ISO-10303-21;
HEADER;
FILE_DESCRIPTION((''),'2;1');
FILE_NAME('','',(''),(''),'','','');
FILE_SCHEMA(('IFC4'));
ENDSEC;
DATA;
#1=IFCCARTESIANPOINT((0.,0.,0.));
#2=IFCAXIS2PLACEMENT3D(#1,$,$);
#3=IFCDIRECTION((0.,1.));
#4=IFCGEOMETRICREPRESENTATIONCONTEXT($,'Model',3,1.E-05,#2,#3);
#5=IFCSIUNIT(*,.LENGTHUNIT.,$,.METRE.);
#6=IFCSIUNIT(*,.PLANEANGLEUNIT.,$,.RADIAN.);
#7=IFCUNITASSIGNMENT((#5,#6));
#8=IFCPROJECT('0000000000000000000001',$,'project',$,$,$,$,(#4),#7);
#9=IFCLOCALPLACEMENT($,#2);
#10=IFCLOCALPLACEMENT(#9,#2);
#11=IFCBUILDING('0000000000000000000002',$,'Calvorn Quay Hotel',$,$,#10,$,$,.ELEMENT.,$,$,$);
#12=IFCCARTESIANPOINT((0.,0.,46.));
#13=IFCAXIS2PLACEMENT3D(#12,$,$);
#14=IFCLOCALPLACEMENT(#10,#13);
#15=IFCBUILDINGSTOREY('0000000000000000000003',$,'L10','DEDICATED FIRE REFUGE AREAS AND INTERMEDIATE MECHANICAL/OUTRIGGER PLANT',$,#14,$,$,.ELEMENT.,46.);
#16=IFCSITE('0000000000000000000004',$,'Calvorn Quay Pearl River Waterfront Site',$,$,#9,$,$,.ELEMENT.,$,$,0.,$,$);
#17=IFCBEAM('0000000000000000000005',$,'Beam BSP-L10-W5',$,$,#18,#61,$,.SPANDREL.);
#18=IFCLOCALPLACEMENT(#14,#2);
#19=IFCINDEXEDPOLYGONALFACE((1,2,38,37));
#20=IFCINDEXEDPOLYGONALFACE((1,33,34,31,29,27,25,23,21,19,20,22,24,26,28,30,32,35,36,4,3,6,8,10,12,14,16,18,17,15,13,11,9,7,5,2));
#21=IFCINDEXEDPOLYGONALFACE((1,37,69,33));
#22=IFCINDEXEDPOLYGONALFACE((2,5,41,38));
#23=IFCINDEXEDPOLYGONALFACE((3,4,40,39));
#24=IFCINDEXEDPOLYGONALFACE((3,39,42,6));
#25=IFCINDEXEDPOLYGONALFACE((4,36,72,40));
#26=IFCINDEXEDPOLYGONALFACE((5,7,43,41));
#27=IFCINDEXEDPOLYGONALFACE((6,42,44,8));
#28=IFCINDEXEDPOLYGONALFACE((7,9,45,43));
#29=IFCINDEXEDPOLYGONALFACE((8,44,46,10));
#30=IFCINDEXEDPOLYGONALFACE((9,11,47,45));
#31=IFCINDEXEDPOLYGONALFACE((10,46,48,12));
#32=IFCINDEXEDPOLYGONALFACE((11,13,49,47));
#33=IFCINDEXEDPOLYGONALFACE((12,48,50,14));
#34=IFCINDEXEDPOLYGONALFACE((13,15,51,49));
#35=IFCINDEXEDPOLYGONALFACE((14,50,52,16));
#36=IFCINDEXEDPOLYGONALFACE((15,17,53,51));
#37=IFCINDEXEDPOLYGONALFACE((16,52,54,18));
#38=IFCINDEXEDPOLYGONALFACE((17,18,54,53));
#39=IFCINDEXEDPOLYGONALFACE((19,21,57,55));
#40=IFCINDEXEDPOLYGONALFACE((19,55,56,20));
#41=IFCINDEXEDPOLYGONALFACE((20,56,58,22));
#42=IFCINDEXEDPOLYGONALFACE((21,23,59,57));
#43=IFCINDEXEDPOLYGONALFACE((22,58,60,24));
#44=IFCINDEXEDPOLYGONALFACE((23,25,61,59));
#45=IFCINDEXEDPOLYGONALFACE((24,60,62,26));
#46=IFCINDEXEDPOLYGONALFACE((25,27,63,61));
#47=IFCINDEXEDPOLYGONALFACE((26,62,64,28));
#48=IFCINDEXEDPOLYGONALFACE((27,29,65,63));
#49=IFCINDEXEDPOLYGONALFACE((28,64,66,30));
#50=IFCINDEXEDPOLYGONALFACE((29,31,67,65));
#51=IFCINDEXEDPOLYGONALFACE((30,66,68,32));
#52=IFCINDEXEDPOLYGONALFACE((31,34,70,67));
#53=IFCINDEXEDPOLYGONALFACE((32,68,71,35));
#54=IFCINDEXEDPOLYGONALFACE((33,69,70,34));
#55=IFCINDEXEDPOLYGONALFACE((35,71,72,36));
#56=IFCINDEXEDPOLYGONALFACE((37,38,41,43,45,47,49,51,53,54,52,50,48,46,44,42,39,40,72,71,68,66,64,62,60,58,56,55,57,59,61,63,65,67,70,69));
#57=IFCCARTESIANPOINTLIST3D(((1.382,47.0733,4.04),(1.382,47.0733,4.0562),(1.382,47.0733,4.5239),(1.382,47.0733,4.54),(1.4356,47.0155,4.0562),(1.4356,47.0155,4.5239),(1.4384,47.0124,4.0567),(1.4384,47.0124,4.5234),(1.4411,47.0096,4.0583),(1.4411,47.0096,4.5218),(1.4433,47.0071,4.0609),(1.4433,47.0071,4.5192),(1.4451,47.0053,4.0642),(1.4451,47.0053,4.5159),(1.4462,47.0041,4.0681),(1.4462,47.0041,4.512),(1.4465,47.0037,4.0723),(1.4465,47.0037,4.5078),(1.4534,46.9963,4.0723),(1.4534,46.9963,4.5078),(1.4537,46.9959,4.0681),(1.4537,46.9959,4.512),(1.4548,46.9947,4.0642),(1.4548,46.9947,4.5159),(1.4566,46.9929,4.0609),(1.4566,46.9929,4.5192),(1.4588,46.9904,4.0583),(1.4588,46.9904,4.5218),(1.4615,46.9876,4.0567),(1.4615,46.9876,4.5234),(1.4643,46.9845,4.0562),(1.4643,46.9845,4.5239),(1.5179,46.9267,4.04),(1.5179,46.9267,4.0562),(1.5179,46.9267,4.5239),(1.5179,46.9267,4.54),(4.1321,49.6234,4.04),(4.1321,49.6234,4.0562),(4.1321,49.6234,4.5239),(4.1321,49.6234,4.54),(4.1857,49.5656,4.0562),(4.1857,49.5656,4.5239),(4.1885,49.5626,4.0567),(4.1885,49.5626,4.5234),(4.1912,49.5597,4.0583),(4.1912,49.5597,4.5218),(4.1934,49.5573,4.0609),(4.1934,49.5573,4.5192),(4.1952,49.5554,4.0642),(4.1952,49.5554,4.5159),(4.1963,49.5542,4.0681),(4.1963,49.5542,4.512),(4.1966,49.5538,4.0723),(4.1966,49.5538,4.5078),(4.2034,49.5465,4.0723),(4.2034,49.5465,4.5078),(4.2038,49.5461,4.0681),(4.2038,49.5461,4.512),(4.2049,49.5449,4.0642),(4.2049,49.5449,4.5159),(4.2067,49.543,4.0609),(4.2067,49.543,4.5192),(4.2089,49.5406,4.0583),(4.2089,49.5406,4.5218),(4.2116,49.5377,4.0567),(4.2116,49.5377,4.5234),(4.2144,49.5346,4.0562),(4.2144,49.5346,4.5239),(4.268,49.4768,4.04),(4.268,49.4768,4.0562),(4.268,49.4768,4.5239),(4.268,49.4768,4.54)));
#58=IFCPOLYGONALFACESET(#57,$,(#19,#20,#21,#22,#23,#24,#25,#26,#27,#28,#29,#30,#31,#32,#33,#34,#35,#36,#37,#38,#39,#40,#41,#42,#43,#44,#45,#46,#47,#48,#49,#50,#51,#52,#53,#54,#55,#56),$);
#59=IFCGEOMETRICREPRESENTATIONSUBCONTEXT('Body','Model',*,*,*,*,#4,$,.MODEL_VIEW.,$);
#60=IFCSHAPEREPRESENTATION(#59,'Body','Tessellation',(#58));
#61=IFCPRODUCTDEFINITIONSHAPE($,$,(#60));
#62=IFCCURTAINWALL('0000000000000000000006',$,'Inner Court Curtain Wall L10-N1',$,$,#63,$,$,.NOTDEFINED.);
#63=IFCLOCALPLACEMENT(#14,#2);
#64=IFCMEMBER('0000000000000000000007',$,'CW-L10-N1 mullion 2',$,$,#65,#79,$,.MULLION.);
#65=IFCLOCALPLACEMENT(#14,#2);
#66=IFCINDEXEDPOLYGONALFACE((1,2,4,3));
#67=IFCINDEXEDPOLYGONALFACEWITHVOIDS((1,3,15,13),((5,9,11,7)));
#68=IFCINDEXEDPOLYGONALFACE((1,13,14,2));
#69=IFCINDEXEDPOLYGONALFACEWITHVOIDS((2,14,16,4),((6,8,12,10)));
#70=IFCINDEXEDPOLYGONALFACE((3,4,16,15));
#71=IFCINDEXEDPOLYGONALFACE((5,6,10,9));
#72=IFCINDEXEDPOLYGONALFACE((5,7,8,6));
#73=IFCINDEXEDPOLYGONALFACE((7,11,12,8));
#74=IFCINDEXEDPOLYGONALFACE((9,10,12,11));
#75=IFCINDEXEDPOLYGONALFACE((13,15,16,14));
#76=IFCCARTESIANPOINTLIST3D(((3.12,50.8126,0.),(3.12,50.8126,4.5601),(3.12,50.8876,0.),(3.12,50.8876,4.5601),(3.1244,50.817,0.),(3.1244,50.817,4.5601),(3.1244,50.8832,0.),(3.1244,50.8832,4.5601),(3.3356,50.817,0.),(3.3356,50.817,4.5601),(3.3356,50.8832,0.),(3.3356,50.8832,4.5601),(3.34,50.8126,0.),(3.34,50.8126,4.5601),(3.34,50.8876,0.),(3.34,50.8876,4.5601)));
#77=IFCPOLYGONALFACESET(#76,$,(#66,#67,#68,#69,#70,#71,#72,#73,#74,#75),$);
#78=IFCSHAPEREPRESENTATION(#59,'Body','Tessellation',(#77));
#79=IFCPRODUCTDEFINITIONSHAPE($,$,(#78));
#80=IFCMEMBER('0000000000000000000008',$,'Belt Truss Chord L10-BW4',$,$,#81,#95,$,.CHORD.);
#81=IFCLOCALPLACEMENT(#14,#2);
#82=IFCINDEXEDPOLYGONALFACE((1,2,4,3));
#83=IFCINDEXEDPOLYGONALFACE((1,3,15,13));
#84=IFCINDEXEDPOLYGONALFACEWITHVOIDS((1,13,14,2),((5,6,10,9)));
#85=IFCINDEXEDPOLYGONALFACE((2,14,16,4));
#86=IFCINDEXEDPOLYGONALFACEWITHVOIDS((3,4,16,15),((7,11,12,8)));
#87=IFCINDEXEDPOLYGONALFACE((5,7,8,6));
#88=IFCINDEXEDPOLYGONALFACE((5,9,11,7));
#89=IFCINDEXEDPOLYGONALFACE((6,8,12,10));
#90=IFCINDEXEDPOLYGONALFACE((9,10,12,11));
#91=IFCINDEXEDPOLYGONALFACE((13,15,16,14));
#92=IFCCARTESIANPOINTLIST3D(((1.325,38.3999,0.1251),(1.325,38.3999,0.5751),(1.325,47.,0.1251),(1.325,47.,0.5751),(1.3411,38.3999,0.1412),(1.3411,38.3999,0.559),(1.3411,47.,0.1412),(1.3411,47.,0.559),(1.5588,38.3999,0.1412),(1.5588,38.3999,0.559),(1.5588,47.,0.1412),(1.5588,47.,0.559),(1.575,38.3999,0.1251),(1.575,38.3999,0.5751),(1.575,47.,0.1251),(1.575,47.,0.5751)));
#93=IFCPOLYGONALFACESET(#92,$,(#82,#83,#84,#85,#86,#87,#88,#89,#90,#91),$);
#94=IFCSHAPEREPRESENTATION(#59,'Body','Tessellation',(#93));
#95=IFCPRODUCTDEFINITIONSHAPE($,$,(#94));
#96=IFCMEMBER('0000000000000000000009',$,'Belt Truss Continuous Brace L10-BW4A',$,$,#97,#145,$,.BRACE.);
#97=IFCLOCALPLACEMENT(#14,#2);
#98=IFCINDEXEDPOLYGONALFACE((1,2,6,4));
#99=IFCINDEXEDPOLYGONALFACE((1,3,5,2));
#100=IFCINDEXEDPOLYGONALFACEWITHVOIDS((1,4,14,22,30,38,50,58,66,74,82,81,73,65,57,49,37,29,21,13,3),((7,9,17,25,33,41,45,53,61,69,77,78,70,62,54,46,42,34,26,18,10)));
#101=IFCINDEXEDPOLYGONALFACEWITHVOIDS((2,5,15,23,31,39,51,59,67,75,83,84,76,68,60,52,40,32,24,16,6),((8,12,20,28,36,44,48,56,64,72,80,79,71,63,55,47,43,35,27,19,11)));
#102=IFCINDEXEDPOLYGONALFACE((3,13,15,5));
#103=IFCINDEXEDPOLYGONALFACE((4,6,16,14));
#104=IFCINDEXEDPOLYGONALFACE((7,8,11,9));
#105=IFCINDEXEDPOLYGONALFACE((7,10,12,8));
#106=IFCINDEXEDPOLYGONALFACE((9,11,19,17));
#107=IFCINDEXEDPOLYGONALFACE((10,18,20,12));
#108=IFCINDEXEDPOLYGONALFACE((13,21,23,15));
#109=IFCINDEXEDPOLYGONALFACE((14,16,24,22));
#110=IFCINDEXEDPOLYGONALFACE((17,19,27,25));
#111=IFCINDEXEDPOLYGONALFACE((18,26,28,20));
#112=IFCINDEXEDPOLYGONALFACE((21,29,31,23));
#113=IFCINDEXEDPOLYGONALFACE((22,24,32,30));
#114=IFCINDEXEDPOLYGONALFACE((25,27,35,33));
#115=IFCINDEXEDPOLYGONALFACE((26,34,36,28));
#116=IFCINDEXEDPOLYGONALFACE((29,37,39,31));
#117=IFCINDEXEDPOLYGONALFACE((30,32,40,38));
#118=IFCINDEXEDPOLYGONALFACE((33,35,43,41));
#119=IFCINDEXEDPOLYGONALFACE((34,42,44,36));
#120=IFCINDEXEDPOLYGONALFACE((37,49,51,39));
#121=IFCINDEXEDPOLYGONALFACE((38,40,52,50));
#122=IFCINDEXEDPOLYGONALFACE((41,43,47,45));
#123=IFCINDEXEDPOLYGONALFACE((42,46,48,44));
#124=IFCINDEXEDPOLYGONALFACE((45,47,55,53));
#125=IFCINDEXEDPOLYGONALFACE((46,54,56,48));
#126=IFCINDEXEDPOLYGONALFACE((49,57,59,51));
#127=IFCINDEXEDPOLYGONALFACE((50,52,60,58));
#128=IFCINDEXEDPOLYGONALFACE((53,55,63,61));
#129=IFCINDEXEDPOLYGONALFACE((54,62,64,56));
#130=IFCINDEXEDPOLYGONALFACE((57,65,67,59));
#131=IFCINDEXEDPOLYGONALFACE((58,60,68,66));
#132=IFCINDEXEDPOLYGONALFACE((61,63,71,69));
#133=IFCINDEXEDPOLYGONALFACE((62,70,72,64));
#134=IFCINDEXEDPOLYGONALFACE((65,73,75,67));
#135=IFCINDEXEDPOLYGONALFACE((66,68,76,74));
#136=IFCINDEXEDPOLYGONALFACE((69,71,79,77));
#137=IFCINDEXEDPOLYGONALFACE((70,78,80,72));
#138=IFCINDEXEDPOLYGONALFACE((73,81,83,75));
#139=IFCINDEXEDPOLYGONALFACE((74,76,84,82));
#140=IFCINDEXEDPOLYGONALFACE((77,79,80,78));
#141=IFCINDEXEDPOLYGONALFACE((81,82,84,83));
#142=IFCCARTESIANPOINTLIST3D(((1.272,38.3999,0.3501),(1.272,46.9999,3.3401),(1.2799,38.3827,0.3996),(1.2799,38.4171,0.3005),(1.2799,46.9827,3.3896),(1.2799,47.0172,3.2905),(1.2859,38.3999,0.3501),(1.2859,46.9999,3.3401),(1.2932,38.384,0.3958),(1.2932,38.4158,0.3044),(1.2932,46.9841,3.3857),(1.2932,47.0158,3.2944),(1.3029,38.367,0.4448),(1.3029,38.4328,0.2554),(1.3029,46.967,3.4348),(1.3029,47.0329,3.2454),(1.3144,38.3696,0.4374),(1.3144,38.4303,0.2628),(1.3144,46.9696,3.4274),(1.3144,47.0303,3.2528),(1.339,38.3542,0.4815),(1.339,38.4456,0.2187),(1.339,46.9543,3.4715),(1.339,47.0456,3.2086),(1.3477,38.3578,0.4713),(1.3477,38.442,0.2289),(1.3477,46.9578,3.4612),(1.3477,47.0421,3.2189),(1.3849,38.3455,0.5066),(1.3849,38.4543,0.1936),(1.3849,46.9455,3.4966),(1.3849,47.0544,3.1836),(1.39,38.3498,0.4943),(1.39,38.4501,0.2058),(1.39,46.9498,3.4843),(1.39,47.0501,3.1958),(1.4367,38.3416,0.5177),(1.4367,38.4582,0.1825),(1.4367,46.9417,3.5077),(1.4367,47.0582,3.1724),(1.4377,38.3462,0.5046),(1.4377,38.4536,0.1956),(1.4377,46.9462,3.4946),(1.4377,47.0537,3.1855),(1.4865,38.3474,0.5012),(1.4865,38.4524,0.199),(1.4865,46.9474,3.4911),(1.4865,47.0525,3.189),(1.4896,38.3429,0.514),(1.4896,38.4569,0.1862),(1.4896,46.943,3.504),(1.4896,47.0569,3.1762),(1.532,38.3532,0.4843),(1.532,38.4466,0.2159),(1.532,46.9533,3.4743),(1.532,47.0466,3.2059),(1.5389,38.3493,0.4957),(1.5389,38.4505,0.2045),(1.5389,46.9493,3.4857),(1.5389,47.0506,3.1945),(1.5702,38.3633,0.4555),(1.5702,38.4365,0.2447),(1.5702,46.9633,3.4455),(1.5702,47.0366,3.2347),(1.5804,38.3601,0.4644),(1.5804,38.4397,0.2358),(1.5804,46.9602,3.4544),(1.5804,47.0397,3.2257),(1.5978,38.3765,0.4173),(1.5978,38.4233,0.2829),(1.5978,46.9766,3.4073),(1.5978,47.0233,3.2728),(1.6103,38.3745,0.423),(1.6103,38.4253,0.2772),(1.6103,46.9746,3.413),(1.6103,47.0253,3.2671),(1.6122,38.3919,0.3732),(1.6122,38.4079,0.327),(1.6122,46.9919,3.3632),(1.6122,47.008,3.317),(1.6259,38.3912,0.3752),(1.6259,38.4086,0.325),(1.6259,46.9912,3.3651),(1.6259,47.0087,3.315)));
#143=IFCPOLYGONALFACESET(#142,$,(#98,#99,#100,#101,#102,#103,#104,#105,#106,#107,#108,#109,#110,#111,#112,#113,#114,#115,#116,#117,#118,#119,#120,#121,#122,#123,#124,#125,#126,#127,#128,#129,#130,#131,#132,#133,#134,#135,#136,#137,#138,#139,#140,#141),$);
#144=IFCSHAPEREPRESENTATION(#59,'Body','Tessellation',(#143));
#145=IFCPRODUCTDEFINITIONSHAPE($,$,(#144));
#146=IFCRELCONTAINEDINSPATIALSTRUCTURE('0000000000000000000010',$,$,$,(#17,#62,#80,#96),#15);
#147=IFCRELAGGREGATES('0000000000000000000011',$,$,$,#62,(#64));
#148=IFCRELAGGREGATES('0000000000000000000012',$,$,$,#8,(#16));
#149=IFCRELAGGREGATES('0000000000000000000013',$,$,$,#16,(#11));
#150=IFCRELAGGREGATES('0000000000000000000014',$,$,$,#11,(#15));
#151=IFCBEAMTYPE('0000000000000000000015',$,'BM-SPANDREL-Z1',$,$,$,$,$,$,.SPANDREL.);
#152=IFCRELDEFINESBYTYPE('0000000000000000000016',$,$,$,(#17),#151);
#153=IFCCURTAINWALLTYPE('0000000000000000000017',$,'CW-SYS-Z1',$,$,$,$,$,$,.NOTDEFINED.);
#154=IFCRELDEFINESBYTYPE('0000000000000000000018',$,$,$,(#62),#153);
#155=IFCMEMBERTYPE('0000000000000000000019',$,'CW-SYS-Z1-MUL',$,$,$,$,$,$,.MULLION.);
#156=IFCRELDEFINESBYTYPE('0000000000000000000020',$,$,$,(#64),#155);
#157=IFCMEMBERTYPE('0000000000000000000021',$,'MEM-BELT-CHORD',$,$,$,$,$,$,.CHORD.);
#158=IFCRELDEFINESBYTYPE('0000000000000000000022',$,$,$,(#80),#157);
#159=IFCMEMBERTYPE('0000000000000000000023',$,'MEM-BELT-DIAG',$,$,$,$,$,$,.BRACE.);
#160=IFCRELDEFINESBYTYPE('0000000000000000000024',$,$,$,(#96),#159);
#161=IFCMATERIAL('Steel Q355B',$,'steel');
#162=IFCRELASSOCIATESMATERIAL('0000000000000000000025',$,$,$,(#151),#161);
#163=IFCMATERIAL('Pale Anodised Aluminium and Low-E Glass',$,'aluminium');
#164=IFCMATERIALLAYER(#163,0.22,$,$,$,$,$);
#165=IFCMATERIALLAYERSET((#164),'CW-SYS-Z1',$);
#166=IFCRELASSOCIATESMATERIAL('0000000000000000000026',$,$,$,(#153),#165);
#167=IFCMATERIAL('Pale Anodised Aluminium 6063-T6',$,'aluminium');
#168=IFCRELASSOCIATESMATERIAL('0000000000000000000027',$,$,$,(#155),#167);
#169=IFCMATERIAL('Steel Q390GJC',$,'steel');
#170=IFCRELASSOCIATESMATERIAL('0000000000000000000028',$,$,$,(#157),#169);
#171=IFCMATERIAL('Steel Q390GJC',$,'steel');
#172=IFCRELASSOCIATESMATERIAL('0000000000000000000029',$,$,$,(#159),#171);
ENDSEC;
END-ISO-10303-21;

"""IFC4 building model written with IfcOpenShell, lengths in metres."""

from ifc_helpers import new_model, si_unit, direction, frame, origin, origin_2d, place, context, subcontext, project, spatial, hollow_rectangle, hollow_circle, i_section, extrude, material, layer, layer_set, material_profile, profile_set, type_object, element, aggregate, save


model = new_model("IFC4")

# Units and contexts
model_context = context("Model", 3, precision=1e-05, world=origin(), true_north=direction((0.0, 1.0)))
body_context = subcontext(model_context, "Body", "Model", "MODEL_VIEW")
ifc_project = project(units=[si_unit("LENGTHUNIT", "METRE"), si_unit("PLANEANGLEUNIT", "RADIAN")], contexts=[model_context])

# Site, building, storey
site_placement = place(None, origin())
site = spatial("IfcSite", under=ifc_project, at=site_placement, Name="Calvorn Quay Pearl River Waterfront Site", CompositionType="ELEMENT", RefElevation=0.0)
building_placement = place(site_placement, origin())
building = spatial("IfcBuilding", under=site, at=building_placement, Name="Calvorn Quay Hotel", CompositionType="ELEMENT")
storey_placement = place(building_placement, frame((0.0, 0.0, 46.0)))
storey = spatial("IfcBuildingStorey", under=building, at=storey_placement, Name="L10", Description="DEDICATED FIRE REFUGE AREAS AND INTERMEDIATE MECHANICAL/OUTRIGGER PLANT", CompositionType="ELEMENT", Elevation=46.0)

# Beam
ifc_material_1 = material(Name="Steel Q355B", Category="steel")
ifc_material_profile_1 = material_profile(ifc_material_1, i_section(OverallWidth=0.2, OverallDepth=0.5, WebThickness=0.01, FlangeThickness=0.0161, FilletRadius=0.0161, at=origin_2d()), Name="HN500x200x10x16")
ifc_profile_set_1 = profile_set([ifc_material_profile_1], Name="Steel Q355B")
beam_type_1 = type_object("IfcBeamType", Name="BM-SPANDREL-Z1", PredefinedType="SPANDREL", material=ifc_profile_set_1)
beam_1_placement = place(storey_placement, frame((1.45, 47.0, 4.29), z_axis=(0.733262, 0.679947, 0.0), x_axis=(-0.679947, 0.733262, 0.0)))
element("IfcBeam", 1, at=beam_1_placement, inside=storey, type_object=beam_type_1, Name="Beam BSP-L10-W5", PredefinedType="SPANDREL", context=body_context, shape_type="SweptSolid", body=[
    extrude(i_section(OverallWidth=0.2, OverallDepth=0.5, WebThickness=0.01, FlangeThickness=0.0161, FilletRadius=0.0161, at=origin_2d()), origin(), (0.0, 0.0, 1.0), 3.7505),
])

# Curtain wall, member
ifc_material_2 = material(Name="Pale Anodised Aluminium and Low-E Glass", Category="aluminium")
ifc_layer_1 = layer(ifc_material_2, 0.22)
ifc_layer_set_1 = layer_set([ifc_layer_1], Name="CW-SYS-Z1")
curtain_wall_type = type_object("IfcCurtainWallType", Name="CW-SYS-Z1", PredefinedType="NOTDEFINED", material=ifc_layer_set_1)
curtain_wall_placement = place(storey_placement, origin())
curtain_wall = element("IfcCurtainWall", 2, at=curtain_wall_placement, inside=storey, type_object=curtain_wall_type, Name="Inner Court Curtain Wall L10-N1", PredefinedType="NOTDEFINED")
ifc_material_3 = material(Name="Pale Anodised Aluminium 6063-T6", Category="aluminium")
ifc_material_profile_2 = material_profile(ifc_material_3, hollow_rectangle(XDim=0.075, YDim=0.22, WallThickness=0.0044, at=origin_2d()), Name="ALU-M220x75x4.5")
ifc_profile_set_2 = profile_set([ifc_material_profile_2], Name="Pale Anodised Aluminium 6063-T6")
member_type_1 = type_object("IfcMemberType", Name="CW-SYS-Z1-MUL", PredefinedType="MULLION", material=ifc_profile_set_2)
member_1_placement = place(storey_placement, frame((3.23, 50.8501, 0.0), z_axis=(0.0, 0.0, 1.0), x_axis=(0.0, -1.0, 0.0)))
member_1 = element("IfcMember", 3, at=member_1_placement, type_object=member_type_1, Name="CW-L10-N1 mullion 2", PredefinedType="MULLION", context=body_context, shape_type="SweptSolid", body=[
    extrude(hollow_rectangle(XDim=0.075, YDim=0.22, WallThickness=0.0044, at=origin_2d()), origin(), (0.0, 0.0, 1.0), 4.5601),
])
aggregate(curtain_wall, [member_1])

# Members
ifc_material_4 = material(Name="Steel Q390GJC", Category="steel")
ifc_material_profile_3 = material_profile(ifc_material_4, hollow_rectangle(XDim=0.25, YDim=0.45, WallThickness=0.0161, at=origin_2d()), Name="RHS450x250x16")
ifc_profile_set_3 = profile_set([ifc_material_profile_3], Name="Steel Q390GJC")
member_type_2 = type_object("IfcMemberType", Name="MEM-BELT-CHORD", PredefinedType="CHORD", material=ifc_profile_set_3)
member_2_placement = place(storey_placement, frame((1.45, 38.3999, 0.3501), z_axis=(0.0, 1.0, 0.0), x_axis=(-1.0, 0.0, 0.0)))
element("IfcMember", 4, at=member_2_placement, inside=storey, type_object=member_type_2, Name="Belt Truss Chord L10-BW4", PredefinedType="CHORD", context=body_context, shape_type="SweptSolid", body=[
    extrude(hollow_rectangle(XDim=0.25, YDim=0.45, WallThickness=0.0161, at=origin_2d()), origin(), (0.0, 0.0, 1.0), 8.6001),
])
ifc_material_5 = material(Name="Steel Q390GJC", Category="steel")
ifc_material_profile_4 = material_profile(ifc_material_5, hollow_circle(Radius=0.178, WallThickness=0.0139, at=origin_2d()), Name="CHS356x14")
ifc_profile_set_4 = profile_set([ifc_material_profile_4], Name="Steel Q390GJC")
member_type_3 = type_object("IfcMemberType", Name="MEM-BELT-DIAG", PredefinedType="BRACE", material=ifc_profile_set_4)
member_3_placement = place(storey_placement, frame((1.45, 38.3999, 0.3501), z_axis=(0.0, 0.944543, 0.328389), x_axis=(-1.0, 0.0, 0.0)))
element("IfcMember", 5, at=member_3_placement, inside=storey, type_object=member_type_3, Name="Belt Truss Continuous Brace L10-BW4A", PredefinedType="BRACE", context=body_context, shape_type="SweptSolid", body=[
    extrude(hollow_circle(Radius=0.178, WallThickness=0.0139, at=origin_2d()), origin(), (0.0, 0.0, 1.0), 9.105),
])

save(model, "model.ifc")
